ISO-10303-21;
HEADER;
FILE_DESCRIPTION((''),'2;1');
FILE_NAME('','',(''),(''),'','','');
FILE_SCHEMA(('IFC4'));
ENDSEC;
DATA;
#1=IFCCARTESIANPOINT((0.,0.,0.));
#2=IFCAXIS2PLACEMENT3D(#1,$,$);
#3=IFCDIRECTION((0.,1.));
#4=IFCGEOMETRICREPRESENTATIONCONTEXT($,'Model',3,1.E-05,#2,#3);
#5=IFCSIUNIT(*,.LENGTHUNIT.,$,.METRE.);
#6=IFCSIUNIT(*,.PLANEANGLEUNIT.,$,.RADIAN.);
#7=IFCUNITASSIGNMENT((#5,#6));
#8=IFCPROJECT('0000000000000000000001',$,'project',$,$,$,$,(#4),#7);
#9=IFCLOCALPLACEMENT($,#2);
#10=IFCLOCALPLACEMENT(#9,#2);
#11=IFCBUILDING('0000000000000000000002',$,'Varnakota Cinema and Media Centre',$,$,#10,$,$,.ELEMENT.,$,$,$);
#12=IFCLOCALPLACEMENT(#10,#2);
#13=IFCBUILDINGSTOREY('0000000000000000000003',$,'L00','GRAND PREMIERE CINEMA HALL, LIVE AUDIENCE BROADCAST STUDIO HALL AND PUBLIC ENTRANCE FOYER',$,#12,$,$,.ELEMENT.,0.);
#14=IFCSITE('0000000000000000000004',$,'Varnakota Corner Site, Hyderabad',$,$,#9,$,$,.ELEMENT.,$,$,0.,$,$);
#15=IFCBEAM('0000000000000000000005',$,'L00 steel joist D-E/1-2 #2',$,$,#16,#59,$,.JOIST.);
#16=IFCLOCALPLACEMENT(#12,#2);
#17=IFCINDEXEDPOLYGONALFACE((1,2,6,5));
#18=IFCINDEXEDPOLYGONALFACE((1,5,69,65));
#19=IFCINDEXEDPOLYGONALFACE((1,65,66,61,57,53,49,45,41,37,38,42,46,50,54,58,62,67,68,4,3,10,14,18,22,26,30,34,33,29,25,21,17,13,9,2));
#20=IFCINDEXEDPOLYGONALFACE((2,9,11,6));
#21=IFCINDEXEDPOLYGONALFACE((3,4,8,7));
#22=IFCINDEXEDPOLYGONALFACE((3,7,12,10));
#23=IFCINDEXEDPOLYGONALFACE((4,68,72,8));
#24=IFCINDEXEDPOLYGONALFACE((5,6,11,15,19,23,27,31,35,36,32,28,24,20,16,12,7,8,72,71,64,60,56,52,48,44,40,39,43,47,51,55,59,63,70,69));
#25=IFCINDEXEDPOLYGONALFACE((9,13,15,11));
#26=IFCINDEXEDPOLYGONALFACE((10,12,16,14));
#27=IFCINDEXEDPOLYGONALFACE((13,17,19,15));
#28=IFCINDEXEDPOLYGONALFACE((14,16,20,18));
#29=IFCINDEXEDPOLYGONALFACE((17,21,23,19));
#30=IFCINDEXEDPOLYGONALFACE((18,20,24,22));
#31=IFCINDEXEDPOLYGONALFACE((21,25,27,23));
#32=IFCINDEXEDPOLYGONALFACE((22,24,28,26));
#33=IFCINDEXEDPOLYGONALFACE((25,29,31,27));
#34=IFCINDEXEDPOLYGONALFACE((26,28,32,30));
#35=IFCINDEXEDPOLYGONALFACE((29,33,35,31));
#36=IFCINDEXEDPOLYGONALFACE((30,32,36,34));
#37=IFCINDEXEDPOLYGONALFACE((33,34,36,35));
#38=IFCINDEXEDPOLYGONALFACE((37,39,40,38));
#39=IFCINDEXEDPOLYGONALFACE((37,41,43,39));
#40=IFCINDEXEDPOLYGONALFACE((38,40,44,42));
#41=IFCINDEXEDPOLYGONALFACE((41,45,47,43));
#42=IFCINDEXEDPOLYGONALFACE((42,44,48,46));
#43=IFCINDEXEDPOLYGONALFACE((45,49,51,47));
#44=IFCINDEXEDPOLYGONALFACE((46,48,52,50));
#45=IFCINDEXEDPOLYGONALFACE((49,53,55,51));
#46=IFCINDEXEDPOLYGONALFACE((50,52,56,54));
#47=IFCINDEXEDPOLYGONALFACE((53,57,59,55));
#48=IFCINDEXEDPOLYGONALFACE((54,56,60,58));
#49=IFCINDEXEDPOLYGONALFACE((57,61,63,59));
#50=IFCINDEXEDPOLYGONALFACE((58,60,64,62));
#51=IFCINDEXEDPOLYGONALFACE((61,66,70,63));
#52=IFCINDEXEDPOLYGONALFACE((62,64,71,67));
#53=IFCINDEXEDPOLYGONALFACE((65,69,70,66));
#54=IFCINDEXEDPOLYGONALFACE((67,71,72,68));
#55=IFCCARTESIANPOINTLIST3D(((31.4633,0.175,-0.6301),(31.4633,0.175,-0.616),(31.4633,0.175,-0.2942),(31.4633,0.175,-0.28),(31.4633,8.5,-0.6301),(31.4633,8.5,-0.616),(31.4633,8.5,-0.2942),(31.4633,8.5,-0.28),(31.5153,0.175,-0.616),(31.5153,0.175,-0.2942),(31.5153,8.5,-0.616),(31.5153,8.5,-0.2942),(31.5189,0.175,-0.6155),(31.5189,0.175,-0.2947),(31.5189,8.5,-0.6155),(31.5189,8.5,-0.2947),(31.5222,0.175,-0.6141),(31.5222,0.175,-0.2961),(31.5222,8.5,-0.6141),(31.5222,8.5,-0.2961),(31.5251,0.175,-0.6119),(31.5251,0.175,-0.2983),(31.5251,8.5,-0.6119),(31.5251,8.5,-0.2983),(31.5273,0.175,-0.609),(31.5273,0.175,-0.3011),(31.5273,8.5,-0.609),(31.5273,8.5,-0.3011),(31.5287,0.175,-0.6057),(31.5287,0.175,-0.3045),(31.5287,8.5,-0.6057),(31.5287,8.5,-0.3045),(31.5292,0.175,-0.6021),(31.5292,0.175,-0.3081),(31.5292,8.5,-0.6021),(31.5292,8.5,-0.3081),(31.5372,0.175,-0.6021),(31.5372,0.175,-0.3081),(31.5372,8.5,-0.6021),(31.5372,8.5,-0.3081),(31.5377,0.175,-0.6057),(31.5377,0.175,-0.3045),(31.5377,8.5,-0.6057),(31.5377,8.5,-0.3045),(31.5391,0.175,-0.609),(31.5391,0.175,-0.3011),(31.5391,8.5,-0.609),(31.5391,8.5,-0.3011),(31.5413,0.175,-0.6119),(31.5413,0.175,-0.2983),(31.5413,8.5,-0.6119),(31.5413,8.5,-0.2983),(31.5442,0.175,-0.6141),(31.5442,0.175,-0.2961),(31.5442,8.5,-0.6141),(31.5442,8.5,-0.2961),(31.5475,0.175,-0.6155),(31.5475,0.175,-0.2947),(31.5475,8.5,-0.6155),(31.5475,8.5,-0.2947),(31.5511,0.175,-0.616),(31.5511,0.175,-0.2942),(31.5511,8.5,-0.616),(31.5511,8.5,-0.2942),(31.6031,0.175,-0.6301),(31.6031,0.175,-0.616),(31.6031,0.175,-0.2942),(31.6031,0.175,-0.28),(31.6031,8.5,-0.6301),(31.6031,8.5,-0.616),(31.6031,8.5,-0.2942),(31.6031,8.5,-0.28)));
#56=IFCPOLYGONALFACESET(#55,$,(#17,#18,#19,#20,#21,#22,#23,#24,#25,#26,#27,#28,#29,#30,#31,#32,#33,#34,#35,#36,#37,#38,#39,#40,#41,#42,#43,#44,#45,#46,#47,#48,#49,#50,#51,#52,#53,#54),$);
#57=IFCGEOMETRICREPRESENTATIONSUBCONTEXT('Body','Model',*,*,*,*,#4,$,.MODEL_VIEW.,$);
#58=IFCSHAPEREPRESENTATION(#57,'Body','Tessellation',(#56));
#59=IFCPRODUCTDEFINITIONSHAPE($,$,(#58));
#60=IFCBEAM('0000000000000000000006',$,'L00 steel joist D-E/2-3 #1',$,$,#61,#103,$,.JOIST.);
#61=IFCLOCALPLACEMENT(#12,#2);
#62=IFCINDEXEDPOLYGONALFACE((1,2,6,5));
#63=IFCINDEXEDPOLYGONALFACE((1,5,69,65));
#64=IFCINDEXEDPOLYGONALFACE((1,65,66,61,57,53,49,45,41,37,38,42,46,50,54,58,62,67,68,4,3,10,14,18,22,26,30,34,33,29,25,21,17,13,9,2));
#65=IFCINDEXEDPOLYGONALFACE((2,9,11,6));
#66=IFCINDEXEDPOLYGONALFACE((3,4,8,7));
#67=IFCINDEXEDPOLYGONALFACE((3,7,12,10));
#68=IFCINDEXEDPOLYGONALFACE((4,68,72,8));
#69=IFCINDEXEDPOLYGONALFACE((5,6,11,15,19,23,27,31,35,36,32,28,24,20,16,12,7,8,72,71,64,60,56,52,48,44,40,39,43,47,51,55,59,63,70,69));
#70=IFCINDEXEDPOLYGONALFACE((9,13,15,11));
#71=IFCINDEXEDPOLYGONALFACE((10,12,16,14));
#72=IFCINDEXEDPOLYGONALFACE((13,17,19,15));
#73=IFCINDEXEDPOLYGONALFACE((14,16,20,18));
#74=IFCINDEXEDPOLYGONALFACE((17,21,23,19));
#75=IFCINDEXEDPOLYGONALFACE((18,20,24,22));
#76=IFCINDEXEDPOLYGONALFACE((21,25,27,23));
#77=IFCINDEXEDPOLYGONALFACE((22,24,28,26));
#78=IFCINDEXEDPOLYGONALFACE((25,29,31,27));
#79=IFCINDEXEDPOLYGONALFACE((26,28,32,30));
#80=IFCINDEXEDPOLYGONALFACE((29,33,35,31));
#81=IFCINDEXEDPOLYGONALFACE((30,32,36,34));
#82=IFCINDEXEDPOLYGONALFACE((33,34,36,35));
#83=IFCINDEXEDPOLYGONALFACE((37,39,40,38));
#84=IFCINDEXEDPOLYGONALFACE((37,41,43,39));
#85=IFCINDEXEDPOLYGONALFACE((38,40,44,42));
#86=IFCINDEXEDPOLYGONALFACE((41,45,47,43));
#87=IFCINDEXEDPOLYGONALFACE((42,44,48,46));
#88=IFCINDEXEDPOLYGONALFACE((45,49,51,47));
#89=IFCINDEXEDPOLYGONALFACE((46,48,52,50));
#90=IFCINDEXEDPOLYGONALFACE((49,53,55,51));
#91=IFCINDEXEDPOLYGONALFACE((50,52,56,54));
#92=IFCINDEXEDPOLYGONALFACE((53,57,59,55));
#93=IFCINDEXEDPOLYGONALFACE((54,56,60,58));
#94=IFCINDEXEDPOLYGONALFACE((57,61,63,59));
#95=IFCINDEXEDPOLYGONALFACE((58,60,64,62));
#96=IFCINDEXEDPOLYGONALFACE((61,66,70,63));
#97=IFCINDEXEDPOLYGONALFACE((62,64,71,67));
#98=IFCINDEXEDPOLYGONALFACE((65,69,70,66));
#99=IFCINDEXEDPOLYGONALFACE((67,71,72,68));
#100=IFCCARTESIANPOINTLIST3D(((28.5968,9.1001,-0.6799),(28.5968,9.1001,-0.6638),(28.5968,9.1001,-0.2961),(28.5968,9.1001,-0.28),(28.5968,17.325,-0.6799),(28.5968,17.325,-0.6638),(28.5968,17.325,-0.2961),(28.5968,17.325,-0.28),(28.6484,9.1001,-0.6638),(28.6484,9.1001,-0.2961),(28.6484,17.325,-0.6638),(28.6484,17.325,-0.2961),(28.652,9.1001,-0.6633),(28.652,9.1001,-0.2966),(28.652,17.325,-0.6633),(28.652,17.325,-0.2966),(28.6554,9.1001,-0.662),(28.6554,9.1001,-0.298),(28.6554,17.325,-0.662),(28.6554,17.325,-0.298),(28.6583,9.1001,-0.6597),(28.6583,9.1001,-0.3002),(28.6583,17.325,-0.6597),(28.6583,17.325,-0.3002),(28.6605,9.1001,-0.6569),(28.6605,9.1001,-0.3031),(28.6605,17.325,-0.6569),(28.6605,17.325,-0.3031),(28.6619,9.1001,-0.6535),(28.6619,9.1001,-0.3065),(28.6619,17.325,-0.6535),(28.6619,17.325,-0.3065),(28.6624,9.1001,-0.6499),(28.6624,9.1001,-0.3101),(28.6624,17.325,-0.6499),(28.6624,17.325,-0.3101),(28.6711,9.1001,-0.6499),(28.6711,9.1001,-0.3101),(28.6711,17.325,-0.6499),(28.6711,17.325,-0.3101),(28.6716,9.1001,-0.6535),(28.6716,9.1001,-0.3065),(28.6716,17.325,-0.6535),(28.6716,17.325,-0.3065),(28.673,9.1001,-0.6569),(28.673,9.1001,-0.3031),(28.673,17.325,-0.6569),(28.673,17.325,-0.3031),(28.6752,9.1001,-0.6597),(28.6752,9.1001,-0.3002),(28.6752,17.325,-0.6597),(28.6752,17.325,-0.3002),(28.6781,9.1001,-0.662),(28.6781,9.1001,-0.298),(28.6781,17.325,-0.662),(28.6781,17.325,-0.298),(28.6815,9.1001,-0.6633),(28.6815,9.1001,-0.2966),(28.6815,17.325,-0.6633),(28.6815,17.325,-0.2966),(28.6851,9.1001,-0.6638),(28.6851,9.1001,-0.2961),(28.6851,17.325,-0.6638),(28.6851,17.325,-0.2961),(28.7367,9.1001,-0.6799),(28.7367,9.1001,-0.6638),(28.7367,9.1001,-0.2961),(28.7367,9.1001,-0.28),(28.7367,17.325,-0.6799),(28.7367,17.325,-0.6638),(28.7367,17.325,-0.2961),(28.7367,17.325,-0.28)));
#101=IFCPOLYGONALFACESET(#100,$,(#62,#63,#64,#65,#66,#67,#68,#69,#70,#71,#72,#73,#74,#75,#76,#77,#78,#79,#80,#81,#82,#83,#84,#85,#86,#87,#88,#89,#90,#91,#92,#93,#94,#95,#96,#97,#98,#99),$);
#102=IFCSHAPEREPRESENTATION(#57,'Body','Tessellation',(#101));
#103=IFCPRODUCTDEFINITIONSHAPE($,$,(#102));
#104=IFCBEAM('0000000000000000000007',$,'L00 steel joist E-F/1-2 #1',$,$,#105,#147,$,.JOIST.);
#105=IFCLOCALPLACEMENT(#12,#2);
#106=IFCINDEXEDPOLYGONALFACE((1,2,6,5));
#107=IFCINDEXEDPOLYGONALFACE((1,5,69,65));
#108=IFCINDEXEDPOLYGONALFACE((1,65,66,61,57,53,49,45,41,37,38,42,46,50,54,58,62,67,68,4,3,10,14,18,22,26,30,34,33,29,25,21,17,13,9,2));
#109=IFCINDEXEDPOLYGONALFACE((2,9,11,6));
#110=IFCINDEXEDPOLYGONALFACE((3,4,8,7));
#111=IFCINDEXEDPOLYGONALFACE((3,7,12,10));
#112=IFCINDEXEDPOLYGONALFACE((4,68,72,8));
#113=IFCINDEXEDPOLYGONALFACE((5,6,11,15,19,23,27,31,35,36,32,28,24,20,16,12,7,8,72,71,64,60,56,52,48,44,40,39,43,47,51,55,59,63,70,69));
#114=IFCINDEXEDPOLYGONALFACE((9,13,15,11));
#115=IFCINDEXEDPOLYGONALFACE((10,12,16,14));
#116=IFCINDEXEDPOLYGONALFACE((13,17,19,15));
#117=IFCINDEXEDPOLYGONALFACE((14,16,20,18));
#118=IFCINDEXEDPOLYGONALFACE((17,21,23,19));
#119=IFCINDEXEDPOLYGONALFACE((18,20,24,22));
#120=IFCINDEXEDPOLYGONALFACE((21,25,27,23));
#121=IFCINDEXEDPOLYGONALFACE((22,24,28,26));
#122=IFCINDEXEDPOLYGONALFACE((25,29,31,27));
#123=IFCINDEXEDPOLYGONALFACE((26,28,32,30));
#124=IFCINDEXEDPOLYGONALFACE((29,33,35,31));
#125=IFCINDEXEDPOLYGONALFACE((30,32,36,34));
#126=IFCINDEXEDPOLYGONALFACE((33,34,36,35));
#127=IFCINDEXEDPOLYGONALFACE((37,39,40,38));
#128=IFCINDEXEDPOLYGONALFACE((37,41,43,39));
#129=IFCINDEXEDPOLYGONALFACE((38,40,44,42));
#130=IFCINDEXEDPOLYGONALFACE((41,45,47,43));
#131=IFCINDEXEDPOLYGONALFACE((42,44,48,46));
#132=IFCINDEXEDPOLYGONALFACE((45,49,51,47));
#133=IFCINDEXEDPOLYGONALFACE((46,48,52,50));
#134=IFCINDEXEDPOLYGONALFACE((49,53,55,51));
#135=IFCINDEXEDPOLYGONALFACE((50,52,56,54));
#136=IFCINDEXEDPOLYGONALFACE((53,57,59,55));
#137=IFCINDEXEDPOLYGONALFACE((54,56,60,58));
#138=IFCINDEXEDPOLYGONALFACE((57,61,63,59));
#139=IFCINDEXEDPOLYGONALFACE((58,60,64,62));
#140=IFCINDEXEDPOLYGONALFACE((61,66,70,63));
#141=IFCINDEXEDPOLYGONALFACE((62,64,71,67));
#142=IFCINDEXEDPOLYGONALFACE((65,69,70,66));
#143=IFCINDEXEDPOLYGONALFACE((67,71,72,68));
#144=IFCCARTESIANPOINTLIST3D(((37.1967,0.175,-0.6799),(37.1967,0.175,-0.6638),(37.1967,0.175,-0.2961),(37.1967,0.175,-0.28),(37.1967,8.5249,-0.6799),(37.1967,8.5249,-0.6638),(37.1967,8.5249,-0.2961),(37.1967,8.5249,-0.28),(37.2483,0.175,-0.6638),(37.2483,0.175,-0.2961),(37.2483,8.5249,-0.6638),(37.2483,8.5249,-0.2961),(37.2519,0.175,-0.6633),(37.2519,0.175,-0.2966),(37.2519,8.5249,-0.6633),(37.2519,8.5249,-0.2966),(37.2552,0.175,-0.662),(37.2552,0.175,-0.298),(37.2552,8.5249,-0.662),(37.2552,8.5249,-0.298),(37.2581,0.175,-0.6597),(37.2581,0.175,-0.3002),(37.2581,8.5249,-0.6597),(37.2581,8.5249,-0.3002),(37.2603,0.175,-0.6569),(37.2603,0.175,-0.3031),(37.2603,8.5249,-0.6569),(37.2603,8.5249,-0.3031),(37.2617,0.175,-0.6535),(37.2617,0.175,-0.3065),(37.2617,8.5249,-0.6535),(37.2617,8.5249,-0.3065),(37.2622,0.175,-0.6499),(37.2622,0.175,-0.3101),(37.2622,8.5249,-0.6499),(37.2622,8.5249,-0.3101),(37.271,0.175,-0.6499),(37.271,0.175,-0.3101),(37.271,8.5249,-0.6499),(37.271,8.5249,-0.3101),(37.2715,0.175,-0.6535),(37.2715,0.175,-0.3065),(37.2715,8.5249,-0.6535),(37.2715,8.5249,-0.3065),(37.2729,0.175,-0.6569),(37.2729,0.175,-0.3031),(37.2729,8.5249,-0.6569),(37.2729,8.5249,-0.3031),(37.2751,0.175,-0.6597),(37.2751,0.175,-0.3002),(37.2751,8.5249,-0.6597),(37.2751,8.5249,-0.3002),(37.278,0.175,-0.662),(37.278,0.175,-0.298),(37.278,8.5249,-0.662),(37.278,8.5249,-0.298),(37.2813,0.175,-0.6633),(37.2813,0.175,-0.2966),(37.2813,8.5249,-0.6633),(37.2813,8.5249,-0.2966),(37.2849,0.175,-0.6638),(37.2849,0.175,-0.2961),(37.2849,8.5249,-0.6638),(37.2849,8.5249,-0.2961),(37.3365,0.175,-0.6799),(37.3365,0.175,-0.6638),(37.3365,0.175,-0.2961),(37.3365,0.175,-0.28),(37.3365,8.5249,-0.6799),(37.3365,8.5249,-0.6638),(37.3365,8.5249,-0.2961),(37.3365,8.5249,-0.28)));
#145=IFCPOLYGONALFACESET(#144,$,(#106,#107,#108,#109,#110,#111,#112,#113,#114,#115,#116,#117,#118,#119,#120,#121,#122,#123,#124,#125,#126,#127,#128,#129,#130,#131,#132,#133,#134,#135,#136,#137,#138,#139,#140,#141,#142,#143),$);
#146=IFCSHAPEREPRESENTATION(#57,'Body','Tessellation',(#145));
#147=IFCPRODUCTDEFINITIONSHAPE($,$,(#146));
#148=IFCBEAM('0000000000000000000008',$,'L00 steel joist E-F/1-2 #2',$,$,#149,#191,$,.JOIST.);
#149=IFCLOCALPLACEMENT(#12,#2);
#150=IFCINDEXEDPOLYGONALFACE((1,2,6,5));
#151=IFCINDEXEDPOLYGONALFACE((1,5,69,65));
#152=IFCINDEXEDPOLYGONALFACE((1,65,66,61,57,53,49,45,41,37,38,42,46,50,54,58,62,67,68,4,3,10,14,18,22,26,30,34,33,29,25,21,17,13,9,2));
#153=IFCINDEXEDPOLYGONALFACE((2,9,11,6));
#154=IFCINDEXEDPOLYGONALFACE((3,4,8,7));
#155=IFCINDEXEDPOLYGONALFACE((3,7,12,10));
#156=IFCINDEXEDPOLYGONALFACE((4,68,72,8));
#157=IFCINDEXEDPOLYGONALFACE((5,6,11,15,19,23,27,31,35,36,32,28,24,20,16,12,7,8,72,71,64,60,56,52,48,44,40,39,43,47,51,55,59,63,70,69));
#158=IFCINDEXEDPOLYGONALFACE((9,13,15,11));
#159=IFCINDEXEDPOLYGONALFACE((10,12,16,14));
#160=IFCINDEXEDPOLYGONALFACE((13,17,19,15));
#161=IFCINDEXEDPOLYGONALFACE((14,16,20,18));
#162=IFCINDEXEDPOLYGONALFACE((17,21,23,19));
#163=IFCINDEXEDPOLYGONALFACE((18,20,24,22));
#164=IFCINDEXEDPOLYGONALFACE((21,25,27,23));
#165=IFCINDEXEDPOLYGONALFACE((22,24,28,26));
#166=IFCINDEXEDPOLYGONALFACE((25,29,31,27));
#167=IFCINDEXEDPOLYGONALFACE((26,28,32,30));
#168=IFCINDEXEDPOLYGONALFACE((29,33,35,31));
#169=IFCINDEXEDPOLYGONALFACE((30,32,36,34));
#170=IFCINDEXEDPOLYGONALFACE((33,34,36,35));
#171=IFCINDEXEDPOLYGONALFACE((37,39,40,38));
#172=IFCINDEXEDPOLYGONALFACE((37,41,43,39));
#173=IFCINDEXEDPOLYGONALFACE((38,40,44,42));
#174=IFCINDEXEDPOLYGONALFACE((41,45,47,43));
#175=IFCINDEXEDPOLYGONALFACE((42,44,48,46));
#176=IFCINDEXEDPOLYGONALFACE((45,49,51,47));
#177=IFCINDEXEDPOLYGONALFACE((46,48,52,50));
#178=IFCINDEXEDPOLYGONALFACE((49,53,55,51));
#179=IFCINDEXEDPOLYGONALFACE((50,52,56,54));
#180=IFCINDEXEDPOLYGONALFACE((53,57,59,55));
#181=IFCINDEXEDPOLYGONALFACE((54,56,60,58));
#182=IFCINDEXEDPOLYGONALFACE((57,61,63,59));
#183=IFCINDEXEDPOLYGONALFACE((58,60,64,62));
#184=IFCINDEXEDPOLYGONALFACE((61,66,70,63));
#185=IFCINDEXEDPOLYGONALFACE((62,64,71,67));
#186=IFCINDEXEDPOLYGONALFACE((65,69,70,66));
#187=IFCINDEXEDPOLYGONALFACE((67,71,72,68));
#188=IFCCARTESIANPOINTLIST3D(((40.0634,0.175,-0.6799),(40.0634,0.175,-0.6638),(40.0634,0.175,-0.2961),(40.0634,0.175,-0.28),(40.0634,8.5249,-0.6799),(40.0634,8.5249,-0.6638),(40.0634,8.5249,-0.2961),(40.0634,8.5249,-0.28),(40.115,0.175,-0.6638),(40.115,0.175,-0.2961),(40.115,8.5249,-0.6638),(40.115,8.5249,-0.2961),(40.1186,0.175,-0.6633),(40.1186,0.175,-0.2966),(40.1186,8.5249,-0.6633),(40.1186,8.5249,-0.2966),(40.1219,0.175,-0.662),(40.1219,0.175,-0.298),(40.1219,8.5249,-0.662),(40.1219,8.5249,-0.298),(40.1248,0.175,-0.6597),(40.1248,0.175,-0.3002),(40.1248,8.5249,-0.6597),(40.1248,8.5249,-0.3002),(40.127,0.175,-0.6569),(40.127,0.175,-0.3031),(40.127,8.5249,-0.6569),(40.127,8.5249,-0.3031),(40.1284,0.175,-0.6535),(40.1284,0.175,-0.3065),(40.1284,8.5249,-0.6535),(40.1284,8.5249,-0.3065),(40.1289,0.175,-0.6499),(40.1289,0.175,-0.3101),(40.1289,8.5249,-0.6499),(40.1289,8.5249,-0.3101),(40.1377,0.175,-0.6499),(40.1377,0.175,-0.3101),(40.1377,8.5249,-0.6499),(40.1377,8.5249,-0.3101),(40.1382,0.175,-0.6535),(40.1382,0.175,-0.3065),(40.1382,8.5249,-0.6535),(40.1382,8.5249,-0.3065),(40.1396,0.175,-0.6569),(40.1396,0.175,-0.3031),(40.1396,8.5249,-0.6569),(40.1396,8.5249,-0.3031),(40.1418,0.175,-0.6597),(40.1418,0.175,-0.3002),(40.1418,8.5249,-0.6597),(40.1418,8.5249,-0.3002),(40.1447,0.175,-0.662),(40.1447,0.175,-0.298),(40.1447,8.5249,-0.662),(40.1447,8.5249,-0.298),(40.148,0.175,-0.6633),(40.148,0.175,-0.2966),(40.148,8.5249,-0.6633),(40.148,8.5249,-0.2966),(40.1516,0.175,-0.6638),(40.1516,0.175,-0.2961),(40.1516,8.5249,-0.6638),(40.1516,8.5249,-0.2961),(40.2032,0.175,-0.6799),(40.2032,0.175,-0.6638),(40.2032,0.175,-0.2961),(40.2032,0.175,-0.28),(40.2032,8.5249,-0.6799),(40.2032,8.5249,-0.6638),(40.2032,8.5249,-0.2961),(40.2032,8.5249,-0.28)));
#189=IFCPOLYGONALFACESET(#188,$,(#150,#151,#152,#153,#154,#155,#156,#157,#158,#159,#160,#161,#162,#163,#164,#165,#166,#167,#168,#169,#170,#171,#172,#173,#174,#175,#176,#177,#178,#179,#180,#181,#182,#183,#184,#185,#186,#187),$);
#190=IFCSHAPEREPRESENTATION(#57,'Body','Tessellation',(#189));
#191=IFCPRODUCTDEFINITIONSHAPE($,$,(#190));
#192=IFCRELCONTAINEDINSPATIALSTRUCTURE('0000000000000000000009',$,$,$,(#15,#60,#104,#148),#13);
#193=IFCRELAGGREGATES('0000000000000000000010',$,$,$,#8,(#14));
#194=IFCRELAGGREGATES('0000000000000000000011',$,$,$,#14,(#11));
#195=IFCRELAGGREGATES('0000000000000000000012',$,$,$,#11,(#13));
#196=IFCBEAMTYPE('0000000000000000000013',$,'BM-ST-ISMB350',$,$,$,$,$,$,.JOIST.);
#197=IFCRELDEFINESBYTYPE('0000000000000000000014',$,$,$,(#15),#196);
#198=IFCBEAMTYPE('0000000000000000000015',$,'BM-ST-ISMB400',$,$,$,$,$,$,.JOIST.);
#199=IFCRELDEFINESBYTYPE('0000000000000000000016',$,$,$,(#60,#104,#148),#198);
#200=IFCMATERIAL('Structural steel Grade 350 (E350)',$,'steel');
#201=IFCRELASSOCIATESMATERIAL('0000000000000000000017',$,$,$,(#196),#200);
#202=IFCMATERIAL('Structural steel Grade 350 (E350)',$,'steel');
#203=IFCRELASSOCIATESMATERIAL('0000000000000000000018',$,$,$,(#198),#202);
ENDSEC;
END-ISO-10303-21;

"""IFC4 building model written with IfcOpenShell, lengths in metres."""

from ifc_helpers import new_model, si_unit, direction, frame, origin, origin_2d, place, context, subcontext, project, spatial, i_section, extrude, material, material_profile, profile_set, type_object, element, save


model = new_model("IFC4")

# Units and contexts
model_context = context("Model", 3, precision=1e-05, world=origin(), true_north=direction((0.0, 1.0)))
body_context = subcontext(model_context, "Body", "Model", "MODEL_VIEW")
ifc_project = project(units=[si_unit("LENGTHUNIT", "METRE"), si_unit("PLANEANGLEUNIT", "RADIAN")], contexts=[model_context])

# Site, building, storey
site_placement = place(None, origin())
site = spatial("IfcSite", under=ifc_project, at=site_placement, Name="Varnakota Corner Site, Hyderabad", CompositionType="ELEMENT", RefElevation=0.0)
building_placement = place(site_placement, origin())
building = spatial("IfcBuilding", under=site, at=building_placement, Name="Varnakota Cinema and Media Centre", CompositionType="ELEMENT")
storey_placement = place(building_placement, origin())
storey = spatial("IfcBuildingStorey", under=building, at=storey_placement, Name="L00", Description="GRAND PREMIERE CINEMA HALL, LIVE AUDIENCE BROADCAST STUDIO HALL AND PUBLIC ENTRANCE FOYER", CompositionType="ELEMENT", Elevation=0.0)

# Beams
ifc_material_1 = material(Name="Structural steel Grade 350 (E350)", Category="steel")
ifc_material_profile_1 = material_profile(ifc_material_1, i_section(OverallWidth=0.1399, OverallDepth=0.3501, WebThickness=0.0081, FlangeThickness=0.0142, FilletRadius=0.0139, at=origin_2d()), Name="ISMB 350")
ifc_profile_set_1 = profile_set([ifc_material_profile_1], Name="Structural steel Grade 350 (E350)")
beam_type_1 = type_object("IfcBeamType", Name="BM-ST-ISMB350", PredefinedType="JOIST", material=ifc_profile_set_1)
for number, where, z_axis, x_axis, name in (
    (1, (31.5332, 0.175, -0.4551), (0.0, 1.0, 0.0), (-1.0, 0.0, 0.0), "L00 steel joist D-E/1-2 #2"),
):
    element("IfcBeam", number, at=place(storey_placement, frame(where, z_axis=z_axis, x_axis=x_axis)), inside=storey, type_object=beam_type_1, Name=name, PredefinedType="JOIST", context=body_context, shape_type="SweptSolid", body=[
        extrude(i_section(OverallWidth=0.1399, OverallDepth=0.3501, WebThickness=0.0081, FlangeThickness=0.0142, FilletRadius=0.0139, at=origin_2d()), origin(), (0.0, 0.0, 1.0), 8.325),
    ])
ifc_material_2 = material(Name="Structural steel Grade 350 (E350)", Category="steel")
ifc_material_profile_2 = material_profile(ifc_material_2, i_section(OverallWidth=0.1399, OverallDepth=0.3999, WebThickness=0.0088, FlangeThickness=0.0161, FilletRadius=0.0139, at=origin_2d()), Name="ISMB 400")
ifc_profile_set_2 = profile_set([ifc_material_profile_2], Name="Structural steel Grade 350 (E350)")
beam_type_2 = type_object("IfcBeamType", Name="BM-ST-ISMB400", PredefinedType="JOIST", material=ifc_profile_set_2)
beam_1_placement = place(storey_placement, frame((28.6667, 9.1001, -0.48), z_axis=(0.0, 1.0, 0.0), x_axis=(-1.0, 0.0, 0.0)))
element("IfcBeam", 2, at=beam_1_placement, inside=storey, type_object=beam_type_2, Name="L00 steel joist D-E/2-3 #1", PredefinedType="JOIST", context=body_context, shape_type="SweptSolid", body=[
    extrude(i_section(OverallWidth=0.1399, OverallDepth=0.3999, WebThickness=0.0088, FlangeThickness=0.0161, FilletRadius=0.0139, at=origin_2d()), origin(), (0.0, 0.0, 1.0), 8.2249),
])
for number, where, z_axis, x_axis, name in (
    (3, (37.2666, 0.175, -0.48), (0.0, 1.0, 0.0), (-1.0, 0.0, 0.0), "L00 steel joist E-F/1-2 #1"),
    (4, (40.1333, 0.175, -0.48), (0.0, 1.0, 0.0), (-1.0, 0.0, 0.0), "L00 steel joist E-F/1-2 #2"),
):
    element("IfcBeam", number, at=place(storey_placement, frame(where, z_axis=z_axis, x_axis=x_axis)), inside=storey, type_object=beam_type_2, Name=name, PredefinedType="JOIST", context=body_context, shape_type="SweptSolid", body=[
        extrude(i_section(OverallWidth=0.1399, OverallDepth=0.3999, WebThickness=0.0088, FlangeThickness=0.0161, FilletRadius=0.0139, at=origin_2d()), origin(), (0.0, 0.0, 1.0), 8.3499),
    ])

save(model, "model.ifc")
